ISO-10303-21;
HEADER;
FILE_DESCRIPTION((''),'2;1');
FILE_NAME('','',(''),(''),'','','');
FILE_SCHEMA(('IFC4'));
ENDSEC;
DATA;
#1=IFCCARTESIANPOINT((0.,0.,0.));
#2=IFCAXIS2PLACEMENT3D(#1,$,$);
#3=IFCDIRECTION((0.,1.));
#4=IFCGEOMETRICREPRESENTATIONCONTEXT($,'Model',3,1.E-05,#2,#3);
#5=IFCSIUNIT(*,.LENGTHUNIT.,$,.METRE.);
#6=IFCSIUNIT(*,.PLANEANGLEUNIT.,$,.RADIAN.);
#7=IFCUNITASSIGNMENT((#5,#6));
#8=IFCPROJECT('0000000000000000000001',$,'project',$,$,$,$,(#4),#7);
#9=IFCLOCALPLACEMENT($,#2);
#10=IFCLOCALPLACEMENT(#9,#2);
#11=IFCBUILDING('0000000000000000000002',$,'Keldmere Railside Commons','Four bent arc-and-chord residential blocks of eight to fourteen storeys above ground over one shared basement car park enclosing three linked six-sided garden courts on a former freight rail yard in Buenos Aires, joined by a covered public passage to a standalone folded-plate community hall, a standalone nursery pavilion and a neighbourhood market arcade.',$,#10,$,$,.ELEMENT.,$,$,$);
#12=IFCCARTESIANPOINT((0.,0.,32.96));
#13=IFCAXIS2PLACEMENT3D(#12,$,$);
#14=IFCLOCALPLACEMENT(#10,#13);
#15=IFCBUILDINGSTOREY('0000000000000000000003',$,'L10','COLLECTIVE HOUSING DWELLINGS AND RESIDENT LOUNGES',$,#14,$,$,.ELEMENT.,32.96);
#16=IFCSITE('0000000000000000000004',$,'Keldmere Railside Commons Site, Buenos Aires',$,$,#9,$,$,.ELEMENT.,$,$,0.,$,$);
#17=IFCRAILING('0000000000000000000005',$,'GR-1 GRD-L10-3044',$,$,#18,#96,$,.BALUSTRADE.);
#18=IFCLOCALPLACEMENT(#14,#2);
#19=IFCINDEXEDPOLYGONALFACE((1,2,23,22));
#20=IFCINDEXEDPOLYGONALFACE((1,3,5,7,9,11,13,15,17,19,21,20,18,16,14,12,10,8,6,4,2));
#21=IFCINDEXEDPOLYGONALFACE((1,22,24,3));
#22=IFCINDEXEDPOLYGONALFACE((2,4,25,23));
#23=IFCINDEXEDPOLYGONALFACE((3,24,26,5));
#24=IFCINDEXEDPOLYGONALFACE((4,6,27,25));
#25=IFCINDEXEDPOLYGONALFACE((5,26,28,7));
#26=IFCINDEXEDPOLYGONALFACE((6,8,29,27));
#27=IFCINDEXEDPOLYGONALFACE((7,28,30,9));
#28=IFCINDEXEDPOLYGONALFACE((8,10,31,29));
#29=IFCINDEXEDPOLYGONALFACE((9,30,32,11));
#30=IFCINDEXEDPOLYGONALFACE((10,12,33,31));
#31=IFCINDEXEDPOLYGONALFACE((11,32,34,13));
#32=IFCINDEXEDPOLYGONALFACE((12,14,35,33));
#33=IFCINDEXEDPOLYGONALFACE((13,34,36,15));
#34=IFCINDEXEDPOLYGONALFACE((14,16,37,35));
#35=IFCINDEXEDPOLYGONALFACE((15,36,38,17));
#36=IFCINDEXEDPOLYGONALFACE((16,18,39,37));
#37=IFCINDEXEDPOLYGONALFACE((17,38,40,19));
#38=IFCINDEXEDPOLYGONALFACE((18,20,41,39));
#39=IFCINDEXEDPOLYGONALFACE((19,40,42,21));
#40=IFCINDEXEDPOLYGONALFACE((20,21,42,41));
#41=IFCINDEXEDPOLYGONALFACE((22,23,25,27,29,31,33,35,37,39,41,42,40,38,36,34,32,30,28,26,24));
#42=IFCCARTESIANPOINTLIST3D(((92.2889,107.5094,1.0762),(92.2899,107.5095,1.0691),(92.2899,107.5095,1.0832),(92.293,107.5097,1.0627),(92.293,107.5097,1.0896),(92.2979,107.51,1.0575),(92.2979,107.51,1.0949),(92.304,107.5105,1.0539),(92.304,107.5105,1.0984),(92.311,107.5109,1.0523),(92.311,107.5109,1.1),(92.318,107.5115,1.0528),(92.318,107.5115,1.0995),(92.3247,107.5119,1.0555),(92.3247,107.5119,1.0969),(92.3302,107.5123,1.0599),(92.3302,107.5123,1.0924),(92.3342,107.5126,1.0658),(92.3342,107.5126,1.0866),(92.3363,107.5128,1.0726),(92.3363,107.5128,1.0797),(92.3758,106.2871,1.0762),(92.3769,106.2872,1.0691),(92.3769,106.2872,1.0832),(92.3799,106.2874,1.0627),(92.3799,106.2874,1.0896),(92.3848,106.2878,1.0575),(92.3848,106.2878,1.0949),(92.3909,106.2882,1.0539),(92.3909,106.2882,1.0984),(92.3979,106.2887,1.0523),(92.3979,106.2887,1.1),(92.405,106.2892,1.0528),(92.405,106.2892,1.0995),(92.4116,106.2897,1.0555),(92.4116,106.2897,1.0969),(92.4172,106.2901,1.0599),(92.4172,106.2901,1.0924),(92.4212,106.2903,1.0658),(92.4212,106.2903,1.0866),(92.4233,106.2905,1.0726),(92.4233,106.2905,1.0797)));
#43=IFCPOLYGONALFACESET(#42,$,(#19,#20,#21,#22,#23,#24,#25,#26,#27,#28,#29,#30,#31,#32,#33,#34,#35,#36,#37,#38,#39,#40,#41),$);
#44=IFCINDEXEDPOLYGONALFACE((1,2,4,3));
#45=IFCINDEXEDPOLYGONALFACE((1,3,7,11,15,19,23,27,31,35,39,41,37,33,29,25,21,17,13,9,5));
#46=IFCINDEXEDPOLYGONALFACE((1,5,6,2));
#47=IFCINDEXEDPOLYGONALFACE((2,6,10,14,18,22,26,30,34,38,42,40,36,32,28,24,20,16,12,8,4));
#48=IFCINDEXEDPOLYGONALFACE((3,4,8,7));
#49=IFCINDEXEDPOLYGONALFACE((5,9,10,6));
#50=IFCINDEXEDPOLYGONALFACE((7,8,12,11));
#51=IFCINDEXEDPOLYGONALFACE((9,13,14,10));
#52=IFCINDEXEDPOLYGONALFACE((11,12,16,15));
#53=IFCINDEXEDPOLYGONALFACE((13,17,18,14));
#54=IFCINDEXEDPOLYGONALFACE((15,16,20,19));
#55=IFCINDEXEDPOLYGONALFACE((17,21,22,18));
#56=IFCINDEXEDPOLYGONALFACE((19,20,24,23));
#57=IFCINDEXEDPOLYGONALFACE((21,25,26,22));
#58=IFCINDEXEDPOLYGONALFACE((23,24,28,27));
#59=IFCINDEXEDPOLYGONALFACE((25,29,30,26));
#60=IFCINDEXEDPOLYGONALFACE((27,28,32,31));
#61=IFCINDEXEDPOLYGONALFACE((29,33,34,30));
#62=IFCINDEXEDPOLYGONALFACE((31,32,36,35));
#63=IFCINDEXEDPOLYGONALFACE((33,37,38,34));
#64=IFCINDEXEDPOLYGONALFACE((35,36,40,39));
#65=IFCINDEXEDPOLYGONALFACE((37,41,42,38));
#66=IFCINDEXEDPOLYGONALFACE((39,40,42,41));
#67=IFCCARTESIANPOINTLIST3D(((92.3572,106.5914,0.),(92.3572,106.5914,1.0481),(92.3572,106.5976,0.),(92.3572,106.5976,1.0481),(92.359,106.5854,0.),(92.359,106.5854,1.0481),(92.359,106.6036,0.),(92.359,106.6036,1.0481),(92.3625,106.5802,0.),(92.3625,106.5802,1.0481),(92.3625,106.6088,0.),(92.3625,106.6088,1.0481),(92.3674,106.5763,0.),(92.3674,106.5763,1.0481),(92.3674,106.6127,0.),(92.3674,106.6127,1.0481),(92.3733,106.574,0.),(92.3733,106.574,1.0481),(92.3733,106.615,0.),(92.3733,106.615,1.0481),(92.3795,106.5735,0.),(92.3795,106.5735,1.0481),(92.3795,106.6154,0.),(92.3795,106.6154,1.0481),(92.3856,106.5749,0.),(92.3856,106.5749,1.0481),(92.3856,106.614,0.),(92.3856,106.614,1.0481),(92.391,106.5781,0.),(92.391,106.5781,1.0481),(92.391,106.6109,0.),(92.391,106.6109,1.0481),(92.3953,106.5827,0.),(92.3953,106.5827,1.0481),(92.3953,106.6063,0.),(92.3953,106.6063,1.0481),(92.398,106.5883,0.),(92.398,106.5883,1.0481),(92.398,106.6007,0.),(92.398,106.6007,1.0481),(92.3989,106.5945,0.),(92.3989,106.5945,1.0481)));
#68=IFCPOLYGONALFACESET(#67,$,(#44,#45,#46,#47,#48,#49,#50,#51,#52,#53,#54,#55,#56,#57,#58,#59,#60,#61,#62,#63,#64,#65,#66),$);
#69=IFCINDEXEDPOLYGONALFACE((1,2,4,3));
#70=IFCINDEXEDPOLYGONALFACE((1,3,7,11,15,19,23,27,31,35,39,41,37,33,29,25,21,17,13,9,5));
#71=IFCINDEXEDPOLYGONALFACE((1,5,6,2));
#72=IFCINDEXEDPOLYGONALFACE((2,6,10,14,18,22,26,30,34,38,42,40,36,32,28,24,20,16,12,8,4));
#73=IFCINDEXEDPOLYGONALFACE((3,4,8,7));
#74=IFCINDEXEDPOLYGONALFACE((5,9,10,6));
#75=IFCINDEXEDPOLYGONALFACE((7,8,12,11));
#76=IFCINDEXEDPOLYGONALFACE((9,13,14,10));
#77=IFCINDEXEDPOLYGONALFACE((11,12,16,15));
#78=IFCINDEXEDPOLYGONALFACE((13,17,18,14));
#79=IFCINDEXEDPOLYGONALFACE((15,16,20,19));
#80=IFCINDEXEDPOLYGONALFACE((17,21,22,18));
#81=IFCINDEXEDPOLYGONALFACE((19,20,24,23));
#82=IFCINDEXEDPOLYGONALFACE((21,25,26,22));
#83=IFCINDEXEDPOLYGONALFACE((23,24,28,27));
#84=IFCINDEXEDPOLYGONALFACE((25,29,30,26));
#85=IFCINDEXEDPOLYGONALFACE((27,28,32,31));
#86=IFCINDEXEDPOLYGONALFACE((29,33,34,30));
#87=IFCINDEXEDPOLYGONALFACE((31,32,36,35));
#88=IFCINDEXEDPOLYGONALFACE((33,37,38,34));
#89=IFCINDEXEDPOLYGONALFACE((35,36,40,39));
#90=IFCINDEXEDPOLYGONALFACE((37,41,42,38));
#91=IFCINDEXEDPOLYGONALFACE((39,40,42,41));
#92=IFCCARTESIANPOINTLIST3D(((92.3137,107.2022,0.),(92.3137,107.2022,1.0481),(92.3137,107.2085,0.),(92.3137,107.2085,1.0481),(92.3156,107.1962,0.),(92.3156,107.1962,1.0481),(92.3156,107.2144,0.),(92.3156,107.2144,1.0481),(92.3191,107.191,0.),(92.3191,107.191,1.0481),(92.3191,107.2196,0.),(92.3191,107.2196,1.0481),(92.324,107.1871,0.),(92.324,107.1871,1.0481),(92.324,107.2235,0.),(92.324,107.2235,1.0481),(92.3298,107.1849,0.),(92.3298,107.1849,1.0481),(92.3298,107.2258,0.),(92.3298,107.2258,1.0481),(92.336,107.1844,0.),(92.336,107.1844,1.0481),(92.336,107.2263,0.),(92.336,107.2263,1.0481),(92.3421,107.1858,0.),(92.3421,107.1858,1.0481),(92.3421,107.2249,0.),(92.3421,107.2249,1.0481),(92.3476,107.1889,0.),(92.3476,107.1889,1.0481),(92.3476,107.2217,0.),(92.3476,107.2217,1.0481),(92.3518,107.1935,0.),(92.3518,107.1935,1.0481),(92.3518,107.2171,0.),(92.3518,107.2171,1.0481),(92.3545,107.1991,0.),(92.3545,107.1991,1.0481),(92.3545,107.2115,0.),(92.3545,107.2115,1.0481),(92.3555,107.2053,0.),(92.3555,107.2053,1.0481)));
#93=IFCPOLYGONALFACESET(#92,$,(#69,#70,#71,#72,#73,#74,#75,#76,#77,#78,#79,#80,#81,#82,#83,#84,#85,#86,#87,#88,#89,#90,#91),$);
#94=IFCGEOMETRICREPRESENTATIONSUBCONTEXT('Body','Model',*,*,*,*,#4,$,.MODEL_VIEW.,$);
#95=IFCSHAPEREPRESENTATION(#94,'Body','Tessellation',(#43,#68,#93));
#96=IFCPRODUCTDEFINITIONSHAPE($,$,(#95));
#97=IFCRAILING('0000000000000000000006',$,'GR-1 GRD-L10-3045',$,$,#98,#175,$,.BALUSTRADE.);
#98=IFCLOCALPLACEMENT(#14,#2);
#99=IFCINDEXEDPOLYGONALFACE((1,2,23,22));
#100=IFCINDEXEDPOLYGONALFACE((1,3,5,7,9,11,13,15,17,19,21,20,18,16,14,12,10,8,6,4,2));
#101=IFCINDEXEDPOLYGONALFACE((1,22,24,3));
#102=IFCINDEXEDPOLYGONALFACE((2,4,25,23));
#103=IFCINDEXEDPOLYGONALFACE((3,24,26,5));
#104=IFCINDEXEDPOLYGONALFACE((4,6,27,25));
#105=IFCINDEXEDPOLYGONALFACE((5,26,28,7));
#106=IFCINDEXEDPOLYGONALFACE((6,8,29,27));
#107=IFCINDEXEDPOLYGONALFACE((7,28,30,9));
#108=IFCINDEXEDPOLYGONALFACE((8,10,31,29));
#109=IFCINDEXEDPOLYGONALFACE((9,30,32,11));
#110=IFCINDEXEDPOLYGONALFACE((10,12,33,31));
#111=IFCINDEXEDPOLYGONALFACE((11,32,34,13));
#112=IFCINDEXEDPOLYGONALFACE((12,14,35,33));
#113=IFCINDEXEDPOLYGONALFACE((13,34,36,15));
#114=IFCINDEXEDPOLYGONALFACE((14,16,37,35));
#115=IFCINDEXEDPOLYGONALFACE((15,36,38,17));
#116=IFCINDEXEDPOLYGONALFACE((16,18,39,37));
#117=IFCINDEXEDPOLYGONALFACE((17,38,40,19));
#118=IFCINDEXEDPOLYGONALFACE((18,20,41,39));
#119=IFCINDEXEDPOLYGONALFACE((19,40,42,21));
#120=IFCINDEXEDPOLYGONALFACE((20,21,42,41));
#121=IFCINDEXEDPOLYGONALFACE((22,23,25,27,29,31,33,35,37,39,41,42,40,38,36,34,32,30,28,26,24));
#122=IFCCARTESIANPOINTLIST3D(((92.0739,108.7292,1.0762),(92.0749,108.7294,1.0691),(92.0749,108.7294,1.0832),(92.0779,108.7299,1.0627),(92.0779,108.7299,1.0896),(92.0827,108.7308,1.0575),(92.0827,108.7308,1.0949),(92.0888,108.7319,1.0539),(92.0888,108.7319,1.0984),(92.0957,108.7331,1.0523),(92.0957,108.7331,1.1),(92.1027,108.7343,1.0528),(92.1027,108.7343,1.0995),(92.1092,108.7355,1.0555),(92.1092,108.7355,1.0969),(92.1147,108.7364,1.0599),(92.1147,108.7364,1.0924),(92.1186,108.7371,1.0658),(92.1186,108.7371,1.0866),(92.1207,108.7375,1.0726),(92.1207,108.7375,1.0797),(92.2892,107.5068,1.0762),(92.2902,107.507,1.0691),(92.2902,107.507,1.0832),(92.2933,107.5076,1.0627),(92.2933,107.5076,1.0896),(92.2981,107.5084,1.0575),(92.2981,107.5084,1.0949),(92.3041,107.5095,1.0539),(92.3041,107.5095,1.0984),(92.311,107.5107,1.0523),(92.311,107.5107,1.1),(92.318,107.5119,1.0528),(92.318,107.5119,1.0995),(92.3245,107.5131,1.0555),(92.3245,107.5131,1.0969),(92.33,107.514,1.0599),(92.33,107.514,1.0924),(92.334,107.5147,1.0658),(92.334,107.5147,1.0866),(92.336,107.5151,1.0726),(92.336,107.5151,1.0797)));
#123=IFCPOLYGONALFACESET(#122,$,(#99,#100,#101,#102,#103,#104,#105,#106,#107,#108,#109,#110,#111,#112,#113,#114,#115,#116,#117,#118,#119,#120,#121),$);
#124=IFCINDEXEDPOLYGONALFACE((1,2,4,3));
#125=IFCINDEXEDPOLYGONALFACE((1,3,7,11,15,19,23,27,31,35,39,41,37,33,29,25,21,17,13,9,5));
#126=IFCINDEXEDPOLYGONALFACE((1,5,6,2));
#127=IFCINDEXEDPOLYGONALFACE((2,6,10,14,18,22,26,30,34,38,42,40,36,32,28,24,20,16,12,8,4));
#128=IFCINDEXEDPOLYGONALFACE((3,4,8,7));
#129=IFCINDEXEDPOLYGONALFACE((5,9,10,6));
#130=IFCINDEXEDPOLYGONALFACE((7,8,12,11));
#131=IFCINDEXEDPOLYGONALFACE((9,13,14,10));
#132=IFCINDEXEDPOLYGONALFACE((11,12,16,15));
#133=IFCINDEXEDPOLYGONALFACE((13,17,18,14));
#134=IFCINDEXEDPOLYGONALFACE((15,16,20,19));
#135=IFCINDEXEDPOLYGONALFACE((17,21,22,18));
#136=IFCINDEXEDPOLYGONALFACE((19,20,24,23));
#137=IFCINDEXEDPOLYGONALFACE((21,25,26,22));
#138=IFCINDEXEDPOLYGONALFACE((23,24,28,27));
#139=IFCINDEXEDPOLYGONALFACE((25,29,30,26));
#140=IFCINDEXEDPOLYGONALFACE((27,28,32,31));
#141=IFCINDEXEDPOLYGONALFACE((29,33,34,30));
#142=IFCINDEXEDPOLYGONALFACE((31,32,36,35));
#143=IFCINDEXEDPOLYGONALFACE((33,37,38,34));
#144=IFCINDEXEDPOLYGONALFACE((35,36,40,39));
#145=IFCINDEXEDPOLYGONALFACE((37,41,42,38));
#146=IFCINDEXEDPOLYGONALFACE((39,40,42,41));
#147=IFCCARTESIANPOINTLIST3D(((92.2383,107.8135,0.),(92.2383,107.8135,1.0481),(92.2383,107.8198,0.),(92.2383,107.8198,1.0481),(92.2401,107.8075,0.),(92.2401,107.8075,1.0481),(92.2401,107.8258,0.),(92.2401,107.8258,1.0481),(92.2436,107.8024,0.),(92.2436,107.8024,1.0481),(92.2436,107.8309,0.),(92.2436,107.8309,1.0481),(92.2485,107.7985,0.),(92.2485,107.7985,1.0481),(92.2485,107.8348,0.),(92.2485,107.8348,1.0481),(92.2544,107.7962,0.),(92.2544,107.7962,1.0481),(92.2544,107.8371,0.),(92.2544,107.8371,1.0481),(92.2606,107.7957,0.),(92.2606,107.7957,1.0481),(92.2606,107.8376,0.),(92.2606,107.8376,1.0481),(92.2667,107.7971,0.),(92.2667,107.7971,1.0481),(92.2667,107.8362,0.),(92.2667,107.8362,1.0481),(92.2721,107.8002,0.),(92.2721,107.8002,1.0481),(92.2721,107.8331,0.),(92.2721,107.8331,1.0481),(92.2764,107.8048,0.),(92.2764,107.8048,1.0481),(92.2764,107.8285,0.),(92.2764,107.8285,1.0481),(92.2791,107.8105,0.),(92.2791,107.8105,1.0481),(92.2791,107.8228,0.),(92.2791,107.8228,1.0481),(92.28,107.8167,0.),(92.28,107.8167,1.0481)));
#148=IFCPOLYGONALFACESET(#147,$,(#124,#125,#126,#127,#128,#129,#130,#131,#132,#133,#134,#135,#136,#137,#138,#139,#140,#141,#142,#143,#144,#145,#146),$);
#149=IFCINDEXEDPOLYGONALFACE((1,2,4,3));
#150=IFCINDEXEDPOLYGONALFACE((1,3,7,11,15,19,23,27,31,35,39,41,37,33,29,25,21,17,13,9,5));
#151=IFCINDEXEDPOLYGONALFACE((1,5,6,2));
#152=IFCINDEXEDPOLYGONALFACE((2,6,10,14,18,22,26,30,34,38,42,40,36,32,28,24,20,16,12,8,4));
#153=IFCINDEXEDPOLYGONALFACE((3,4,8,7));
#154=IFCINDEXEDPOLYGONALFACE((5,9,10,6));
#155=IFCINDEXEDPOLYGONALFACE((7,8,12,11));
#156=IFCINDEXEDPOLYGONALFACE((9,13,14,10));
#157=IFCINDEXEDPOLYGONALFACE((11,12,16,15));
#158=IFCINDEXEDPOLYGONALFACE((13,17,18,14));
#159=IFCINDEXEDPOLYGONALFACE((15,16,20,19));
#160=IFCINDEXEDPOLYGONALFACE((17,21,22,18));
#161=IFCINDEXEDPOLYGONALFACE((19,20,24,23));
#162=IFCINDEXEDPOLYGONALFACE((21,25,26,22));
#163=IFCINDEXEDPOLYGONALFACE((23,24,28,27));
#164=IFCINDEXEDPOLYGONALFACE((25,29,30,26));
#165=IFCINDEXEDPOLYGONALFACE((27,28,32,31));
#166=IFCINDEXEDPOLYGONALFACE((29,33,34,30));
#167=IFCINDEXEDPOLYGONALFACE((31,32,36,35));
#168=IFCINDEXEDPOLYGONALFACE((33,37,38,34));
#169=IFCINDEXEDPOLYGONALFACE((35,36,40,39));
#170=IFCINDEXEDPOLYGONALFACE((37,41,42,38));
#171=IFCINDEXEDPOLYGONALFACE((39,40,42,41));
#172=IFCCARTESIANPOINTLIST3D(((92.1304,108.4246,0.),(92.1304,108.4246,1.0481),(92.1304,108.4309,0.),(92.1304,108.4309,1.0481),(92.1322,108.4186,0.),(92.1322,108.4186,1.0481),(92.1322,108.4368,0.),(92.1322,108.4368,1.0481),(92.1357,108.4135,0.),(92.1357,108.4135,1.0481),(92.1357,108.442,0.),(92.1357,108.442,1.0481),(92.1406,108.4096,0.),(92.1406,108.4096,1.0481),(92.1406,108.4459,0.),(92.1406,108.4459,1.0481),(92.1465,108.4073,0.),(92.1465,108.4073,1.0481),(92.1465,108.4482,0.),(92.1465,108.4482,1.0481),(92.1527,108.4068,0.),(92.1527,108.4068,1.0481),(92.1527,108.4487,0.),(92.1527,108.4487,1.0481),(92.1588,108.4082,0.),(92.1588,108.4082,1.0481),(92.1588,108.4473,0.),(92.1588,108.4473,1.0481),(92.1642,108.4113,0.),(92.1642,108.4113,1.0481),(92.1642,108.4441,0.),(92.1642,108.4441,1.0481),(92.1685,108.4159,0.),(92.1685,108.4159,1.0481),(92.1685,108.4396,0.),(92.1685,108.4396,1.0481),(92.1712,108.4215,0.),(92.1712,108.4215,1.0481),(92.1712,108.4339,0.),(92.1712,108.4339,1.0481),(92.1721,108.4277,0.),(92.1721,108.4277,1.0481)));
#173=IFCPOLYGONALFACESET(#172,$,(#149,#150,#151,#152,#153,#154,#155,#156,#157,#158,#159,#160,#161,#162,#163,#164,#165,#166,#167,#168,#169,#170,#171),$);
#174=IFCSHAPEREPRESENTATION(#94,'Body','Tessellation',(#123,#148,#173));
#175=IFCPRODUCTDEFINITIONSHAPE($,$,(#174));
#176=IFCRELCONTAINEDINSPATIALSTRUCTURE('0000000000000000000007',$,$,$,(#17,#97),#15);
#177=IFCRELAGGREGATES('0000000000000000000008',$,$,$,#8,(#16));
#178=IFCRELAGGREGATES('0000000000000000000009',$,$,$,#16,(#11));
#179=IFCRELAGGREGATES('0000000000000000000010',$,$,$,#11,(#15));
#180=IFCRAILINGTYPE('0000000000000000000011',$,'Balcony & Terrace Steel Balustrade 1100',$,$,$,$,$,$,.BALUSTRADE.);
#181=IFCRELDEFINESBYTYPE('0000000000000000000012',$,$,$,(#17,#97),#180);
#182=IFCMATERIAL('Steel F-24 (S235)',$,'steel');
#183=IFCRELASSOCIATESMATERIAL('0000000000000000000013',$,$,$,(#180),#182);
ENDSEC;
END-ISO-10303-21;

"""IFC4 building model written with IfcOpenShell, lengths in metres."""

from ifc_helpers import new_model, si_unit, direction, frame, origin, origin_2d, place, context, subcontext, project, spatial, circle, extrude, material, type_object, element, save


model = new_model("IFC4")

# Units and contexts
model_context = context("Model", 3, precision=1e-05, world=origin(), true_north=direction((0.0, 1.0)))
body_context = subcontext(model_context, "Body", "Model", "MODEL_VIEW")
ifc_project = project(units=[si_unit("LENGTHUNIT", "METRE"), si_unit("PLANEANGLEUNIT", "RADIAN")], contexts=[model_context])

# Site, building, storey
site_placement = place(None, origin())
site = spatial("IfcSite", under=ifc_project, at=site_placement, Name="Keldmere Railside Commons Site, Buenos Aires", CompositionType="ELEMENT", RefElevation=0.0)
building_placement = place(site_placement, origin())
building = spatial("IfcBuilding", under=site, at=building_placement, Name="Keldmere Railside Commons", Description="Four bent arc-and-chord residential blocks of eight to fourteen storeys above ground over one shared basement car park enclosing three linked six-sided garden courts on a former freight rail yard in Buenos Aires, joined by a covered public passage to a standalone folded-plate community hall, a standalone nursery pavilion and a neighbourhood market arcade.", CompositionType="ELEMENT")
storey_placement = place(building_placement, frame((0.0, 0.0, 32.96)))
storey = spatial("IfcBuildingStorey", under=building, at=storey_placement, Name="L10", Description="COLLECTIVE HOUSING DWELLINGS AND RESIDENT LOUNGES", CompositionType="ELEMENT", Elevation=32.96)

# Shared definitions
ifc_material_1 = material(Name="Steel F-24 (S235)", Category="steel")

# Railings
railing_type = type_object("IfcRailingType", Name="Balcony & Terrace Steel Balustrade 1100", PredefinedType="BALUSTRADE", material=ifc_material_1)
railing_1_placement = place(storey_placement, frame((92.3997, 106.2888, 0.0)))
element("IfcRailing", 1, at=railing_1_placement, inside=storey, type_object=railing_type, Name="GR-1 GRD-L10-3044", PredefinedType="BALUSTRADE", context=body_context, shape_type="SweptSolid", body=[
    extrude(circle(Radius=0.0239, at=origin_2d()), frame((0.0, 0.0, 1.0762), z_axis=(-0.070936, 0.997481, 0.0), x_axis=(-0.997481, -0.070936, 0.0)), (0.0, 0.0, 1.0), 1.2253),
    extrude(circle(Radius=0.021, at=origin_2d()), frame((-0.0217, 0.3057, 0.0)), (0.0, 0.0, 1.0), 1.0481),
    extrude(circle(Radius=0.021, at=origin_2d()), frame((-0.0652, 0.9165, 0.0)), (0.0, 0.0, 1.0), 1.0481),
])
railing_2_placement = place(storey_placement, frame((92.3127, 107.511, 0.0)))
element("IfcRailing", 2, at=railing_2_placement, inside=storey, type_object=railing_type, Name="GR-1 GRD-L10-3045", PredefinedType="BALUSTRADE", context=body_context, shape_type="SweptSolid", body=[
    extrude(circle(Radius=0.0239, at=origin_2d()), frame((0.0, 0.0, 1.0762), z_axis=(-0.173482, 0.984837, 0.0), x_axis=(-0.984837, -0.173482, 0.0)), (0.0, 0.0, 1.0), 1.2412),
    extrude(circle(Radius=0.021, at=origin_2d()), frame((-0.0537, 0.3057, 0.0)), (0.0, 0.0, 1.0), 1.0481),
    extrude(circle(Radius=0.021, at=origin_2d()), frame((-0.1616, 0.9167, 0.0)), (0.0, 0.0, 1.0), 1.0481),
])

save(model, "model.ifc")
